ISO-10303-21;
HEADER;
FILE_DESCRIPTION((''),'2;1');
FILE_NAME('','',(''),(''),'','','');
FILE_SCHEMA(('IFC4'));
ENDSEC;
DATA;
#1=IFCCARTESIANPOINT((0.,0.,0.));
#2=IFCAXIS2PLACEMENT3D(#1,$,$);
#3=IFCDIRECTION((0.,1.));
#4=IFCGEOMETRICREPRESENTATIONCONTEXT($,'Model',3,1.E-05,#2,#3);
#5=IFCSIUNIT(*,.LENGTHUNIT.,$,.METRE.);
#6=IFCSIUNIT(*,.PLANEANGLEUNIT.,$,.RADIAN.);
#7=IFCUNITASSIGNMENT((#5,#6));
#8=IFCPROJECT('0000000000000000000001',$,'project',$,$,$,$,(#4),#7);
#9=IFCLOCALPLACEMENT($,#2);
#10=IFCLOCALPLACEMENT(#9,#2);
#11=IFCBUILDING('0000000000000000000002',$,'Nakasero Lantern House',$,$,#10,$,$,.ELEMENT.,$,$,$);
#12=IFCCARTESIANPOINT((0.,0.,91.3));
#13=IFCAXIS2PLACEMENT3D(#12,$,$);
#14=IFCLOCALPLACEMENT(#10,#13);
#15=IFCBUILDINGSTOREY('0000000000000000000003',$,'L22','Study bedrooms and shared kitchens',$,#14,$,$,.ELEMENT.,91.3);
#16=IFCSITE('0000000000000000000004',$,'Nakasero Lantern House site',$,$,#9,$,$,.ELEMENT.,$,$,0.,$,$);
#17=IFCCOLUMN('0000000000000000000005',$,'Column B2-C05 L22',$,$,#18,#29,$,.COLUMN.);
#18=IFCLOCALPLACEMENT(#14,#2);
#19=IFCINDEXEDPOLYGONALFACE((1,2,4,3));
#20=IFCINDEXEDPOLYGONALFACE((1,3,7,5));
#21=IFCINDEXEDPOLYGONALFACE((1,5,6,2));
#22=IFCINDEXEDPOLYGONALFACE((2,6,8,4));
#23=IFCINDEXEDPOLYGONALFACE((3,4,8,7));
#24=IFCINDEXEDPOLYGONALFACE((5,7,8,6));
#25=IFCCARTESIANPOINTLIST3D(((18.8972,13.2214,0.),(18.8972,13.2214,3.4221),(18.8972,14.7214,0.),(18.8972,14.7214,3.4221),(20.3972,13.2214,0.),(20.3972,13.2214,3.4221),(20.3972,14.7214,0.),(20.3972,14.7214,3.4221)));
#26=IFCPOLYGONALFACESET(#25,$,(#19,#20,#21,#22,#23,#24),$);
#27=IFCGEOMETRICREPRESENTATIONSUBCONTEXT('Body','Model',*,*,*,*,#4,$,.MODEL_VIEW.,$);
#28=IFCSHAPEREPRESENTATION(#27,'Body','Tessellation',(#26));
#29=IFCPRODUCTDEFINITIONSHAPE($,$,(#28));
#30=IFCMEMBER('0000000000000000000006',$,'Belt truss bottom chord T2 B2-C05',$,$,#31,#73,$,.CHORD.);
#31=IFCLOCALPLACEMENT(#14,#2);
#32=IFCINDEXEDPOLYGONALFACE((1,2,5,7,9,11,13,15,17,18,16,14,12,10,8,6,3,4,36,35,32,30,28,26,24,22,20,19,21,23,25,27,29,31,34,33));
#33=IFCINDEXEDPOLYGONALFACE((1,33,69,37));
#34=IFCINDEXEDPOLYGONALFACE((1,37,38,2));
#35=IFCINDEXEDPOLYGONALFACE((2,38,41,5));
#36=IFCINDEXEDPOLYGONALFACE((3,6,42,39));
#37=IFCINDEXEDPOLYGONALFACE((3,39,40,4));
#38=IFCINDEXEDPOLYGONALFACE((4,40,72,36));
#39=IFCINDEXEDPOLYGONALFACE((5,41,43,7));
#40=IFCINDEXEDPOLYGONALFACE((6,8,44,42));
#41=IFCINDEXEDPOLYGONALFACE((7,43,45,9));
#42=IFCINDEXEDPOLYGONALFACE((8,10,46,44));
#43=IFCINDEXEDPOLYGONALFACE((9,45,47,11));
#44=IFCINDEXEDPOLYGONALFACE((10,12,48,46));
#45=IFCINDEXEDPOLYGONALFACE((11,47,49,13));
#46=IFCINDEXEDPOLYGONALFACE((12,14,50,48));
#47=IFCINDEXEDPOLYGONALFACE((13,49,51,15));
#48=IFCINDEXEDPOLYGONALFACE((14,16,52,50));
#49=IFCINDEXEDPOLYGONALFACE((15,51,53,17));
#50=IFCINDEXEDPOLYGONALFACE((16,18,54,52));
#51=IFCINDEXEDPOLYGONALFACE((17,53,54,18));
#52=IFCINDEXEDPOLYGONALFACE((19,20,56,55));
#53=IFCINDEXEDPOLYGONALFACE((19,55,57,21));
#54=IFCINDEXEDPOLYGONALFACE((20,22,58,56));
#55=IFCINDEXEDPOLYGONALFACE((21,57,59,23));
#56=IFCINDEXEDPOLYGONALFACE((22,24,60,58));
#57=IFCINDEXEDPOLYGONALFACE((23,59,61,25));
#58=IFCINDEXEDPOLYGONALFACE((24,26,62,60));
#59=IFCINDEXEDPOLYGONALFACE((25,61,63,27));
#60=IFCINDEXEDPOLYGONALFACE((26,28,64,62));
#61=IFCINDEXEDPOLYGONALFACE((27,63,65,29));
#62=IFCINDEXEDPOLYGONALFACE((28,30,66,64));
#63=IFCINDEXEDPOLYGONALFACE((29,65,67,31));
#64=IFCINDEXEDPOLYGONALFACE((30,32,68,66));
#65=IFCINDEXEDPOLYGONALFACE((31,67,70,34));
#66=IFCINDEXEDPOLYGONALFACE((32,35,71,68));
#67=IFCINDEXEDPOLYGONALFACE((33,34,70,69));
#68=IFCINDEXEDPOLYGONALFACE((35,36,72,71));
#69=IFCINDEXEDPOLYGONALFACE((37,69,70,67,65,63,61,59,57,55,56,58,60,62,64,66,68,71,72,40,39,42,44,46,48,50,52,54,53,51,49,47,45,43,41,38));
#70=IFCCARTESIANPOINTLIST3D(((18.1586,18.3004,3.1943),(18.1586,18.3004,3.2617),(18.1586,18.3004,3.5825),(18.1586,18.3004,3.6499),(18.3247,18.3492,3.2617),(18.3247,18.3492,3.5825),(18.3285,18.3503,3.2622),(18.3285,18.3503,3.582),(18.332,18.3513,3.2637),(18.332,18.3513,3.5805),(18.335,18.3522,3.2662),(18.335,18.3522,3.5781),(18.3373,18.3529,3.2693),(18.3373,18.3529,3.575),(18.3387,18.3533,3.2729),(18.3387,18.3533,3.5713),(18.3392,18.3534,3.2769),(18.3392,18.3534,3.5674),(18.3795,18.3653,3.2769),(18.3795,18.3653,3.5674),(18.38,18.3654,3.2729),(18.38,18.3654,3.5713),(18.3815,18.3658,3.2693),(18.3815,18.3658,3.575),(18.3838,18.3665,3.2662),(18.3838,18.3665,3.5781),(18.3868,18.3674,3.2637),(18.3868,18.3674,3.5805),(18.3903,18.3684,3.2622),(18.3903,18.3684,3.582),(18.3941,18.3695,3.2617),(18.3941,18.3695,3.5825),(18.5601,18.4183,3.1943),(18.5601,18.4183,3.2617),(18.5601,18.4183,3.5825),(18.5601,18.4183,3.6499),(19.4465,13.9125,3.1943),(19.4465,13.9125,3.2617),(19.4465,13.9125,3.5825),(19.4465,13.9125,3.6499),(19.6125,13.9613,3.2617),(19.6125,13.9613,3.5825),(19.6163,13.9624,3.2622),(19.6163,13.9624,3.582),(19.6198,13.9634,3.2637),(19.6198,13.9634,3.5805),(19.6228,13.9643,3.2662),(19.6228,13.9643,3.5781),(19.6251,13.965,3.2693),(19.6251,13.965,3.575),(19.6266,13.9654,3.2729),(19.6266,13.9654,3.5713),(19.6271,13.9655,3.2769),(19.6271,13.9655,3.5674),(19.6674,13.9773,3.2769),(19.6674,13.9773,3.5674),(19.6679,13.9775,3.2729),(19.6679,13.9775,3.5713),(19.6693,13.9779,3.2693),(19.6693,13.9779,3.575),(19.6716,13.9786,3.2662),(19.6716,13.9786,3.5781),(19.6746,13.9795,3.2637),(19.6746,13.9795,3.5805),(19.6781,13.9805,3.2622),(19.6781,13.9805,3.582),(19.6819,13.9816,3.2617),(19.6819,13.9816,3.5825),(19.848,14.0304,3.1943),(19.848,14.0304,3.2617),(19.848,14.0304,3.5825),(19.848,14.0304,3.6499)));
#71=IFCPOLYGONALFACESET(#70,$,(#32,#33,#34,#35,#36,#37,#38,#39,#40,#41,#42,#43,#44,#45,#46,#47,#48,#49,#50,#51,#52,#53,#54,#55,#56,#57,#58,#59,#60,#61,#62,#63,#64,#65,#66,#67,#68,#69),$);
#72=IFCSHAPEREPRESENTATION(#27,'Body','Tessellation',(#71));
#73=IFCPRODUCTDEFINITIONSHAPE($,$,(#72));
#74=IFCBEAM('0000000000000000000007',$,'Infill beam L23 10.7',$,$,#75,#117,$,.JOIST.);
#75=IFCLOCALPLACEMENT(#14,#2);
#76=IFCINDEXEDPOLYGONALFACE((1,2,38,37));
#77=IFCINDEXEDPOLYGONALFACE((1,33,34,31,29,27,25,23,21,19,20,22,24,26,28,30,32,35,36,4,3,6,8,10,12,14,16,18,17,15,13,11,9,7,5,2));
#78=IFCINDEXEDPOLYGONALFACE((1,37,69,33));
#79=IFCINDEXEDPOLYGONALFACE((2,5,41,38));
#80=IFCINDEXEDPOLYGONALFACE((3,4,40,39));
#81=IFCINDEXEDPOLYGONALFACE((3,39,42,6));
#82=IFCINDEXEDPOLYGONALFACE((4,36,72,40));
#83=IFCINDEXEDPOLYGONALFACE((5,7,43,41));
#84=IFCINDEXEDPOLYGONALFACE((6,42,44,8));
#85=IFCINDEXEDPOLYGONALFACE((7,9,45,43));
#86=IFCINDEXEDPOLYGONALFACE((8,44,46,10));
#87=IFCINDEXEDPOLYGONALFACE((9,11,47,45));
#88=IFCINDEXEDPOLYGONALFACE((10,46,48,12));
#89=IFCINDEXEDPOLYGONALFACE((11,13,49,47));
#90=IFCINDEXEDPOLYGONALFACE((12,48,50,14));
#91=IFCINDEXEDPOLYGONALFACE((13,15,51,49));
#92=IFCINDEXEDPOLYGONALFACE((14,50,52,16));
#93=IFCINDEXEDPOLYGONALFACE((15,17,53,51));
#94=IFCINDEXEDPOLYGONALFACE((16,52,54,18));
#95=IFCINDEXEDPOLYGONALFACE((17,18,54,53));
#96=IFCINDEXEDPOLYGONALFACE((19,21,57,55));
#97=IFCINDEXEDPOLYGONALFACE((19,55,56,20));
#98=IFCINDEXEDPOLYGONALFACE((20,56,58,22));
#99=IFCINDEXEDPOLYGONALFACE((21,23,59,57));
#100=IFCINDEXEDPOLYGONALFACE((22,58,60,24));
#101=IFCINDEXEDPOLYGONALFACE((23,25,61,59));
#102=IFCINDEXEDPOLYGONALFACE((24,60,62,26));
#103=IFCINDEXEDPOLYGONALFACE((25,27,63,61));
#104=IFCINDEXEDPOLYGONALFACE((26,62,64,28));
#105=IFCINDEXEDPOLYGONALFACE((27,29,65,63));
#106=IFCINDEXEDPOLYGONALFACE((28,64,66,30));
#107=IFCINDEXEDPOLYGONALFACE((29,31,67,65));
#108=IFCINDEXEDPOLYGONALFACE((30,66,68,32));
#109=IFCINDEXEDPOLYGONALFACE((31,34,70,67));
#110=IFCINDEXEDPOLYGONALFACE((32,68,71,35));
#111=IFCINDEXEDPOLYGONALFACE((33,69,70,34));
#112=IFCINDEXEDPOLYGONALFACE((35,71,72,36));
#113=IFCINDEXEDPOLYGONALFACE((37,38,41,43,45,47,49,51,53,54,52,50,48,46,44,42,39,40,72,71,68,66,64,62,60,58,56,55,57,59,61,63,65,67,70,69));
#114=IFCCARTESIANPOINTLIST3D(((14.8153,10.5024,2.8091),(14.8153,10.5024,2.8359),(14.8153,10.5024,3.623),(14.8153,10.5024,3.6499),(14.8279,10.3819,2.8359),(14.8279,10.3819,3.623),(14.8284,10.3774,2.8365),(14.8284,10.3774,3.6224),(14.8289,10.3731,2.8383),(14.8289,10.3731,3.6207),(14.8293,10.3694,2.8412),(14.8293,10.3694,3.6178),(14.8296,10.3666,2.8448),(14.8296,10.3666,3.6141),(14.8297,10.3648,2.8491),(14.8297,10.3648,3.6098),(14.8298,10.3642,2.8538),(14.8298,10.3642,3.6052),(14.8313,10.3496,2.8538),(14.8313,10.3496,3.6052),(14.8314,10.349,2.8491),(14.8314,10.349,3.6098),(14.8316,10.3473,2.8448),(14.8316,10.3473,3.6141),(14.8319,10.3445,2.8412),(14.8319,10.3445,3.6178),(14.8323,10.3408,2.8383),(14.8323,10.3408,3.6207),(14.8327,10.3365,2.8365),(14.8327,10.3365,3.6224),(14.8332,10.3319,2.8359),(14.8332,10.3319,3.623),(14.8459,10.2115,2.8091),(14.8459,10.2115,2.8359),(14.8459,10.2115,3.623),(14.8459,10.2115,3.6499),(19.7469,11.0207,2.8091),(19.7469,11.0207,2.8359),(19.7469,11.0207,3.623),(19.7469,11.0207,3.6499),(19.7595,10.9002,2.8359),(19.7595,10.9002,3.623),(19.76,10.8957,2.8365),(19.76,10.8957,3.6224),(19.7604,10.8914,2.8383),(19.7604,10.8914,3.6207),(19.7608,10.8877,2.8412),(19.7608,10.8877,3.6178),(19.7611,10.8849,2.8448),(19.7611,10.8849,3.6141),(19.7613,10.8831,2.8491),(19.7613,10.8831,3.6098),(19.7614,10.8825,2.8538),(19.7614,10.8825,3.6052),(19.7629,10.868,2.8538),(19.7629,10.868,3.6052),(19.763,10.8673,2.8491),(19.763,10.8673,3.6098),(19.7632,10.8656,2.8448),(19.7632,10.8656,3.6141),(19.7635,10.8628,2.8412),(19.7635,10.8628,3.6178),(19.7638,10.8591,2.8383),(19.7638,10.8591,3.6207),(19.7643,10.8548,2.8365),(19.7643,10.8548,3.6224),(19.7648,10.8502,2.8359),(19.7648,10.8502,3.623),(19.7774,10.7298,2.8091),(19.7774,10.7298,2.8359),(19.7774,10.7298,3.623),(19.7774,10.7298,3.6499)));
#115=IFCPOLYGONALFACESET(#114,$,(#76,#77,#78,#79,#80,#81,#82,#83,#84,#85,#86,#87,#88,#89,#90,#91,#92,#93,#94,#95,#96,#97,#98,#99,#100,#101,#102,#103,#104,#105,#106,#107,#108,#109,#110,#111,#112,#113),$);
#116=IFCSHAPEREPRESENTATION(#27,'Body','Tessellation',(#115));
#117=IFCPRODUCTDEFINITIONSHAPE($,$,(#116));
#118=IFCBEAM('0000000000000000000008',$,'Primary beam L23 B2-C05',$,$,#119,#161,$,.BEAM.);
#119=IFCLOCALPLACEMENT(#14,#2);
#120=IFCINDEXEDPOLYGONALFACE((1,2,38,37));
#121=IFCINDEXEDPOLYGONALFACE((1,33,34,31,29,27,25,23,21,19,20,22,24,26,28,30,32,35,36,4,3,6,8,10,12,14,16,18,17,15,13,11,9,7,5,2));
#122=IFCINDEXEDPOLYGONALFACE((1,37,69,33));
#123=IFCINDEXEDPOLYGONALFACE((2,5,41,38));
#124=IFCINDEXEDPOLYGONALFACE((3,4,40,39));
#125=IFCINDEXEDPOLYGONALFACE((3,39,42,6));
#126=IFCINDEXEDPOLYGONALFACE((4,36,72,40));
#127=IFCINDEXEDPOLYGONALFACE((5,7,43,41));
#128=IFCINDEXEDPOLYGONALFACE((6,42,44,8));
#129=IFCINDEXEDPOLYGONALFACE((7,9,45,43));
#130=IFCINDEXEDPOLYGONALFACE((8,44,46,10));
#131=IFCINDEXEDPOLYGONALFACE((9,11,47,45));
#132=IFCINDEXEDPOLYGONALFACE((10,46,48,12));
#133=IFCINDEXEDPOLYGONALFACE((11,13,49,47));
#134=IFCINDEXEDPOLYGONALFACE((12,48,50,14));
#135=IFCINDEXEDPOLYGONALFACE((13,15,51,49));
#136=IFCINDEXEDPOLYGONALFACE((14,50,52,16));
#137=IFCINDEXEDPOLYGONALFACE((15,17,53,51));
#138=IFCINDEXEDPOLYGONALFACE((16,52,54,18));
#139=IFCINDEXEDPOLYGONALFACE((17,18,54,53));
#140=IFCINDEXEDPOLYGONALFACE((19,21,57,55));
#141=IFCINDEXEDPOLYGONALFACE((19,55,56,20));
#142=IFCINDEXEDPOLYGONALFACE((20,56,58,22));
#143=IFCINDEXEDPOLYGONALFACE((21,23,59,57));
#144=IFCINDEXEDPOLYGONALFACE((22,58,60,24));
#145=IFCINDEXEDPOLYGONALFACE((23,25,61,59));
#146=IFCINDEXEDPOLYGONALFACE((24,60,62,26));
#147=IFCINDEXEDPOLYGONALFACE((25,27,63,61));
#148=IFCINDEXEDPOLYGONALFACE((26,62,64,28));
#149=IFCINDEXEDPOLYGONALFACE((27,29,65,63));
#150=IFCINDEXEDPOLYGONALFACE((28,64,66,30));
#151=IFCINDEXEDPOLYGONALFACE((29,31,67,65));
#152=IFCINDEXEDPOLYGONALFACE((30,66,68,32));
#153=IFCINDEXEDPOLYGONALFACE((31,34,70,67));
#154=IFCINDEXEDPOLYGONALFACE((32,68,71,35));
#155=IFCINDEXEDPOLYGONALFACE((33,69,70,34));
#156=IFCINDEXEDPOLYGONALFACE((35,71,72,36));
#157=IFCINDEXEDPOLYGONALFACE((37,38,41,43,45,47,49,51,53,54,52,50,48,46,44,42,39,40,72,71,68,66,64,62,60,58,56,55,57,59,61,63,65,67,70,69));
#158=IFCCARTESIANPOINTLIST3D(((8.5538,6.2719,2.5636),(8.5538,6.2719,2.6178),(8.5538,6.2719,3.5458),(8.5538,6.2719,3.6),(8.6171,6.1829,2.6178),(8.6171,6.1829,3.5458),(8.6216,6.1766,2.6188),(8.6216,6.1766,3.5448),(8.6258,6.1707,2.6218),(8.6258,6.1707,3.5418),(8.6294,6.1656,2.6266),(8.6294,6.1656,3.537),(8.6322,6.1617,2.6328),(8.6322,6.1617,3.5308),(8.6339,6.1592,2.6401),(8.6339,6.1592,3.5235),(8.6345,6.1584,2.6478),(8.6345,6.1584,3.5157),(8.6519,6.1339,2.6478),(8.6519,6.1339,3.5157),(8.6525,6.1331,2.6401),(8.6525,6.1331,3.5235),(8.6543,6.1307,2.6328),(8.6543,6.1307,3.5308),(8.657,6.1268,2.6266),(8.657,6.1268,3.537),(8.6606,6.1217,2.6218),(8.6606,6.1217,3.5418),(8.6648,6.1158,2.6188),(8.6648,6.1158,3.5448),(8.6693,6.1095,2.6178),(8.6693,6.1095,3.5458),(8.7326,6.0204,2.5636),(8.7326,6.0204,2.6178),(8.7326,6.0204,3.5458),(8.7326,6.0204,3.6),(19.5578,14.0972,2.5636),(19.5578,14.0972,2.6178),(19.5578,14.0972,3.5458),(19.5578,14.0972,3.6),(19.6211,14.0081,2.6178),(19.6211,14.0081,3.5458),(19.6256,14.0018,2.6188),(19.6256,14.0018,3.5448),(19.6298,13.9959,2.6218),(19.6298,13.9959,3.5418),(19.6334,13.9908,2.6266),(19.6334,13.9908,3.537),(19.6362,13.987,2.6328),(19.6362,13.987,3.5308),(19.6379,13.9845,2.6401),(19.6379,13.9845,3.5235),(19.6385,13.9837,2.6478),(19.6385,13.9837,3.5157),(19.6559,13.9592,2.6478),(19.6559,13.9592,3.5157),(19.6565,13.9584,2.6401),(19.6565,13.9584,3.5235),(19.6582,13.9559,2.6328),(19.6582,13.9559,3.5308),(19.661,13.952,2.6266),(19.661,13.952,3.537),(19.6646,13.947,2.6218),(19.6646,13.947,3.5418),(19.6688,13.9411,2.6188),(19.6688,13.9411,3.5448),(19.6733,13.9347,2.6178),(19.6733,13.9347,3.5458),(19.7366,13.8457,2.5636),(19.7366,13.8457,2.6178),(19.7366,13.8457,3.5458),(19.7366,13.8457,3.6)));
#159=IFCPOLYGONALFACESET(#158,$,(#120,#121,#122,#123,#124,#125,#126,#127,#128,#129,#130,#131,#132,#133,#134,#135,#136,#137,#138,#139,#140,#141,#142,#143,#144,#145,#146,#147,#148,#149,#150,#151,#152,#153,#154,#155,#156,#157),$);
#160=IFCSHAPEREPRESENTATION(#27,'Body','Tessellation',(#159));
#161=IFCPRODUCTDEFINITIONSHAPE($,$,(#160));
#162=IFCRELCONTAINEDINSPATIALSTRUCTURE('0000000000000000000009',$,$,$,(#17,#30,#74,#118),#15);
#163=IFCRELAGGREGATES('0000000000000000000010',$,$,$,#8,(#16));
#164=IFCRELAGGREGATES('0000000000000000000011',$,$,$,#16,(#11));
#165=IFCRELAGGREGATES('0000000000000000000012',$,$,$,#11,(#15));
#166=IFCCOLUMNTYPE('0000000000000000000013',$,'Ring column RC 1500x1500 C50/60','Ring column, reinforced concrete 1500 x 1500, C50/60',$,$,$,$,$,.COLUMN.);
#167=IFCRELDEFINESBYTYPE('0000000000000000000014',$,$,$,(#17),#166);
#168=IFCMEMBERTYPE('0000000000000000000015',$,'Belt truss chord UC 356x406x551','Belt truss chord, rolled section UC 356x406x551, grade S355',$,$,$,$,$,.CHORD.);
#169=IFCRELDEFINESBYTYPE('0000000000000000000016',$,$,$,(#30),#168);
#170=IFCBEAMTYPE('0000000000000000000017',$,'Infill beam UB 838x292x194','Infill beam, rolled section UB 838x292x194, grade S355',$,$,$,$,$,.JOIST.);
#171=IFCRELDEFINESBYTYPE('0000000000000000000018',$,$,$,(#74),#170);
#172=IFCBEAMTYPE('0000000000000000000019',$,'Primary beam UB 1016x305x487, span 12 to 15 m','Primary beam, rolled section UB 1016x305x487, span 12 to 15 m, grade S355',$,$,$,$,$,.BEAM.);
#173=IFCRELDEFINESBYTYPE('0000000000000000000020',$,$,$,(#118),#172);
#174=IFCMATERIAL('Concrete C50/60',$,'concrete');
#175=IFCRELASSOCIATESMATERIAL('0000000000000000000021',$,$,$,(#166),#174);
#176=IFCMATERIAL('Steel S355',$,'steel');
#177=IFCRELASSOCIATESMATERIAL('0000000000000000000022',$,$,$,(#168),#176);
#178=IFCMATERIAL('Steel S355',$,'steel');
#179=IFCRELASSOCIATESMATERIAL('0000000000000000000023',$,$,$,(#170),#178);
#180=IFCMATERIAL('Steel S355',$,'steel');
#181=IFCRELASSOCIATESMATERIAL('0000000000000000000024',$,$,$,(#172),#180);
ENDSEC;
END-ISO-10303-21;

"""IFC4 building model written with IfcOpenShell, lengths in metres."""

from ifc_helpers import new_model, si_unit, direction, frame, origin, origin_2d, place, context, subcontext, project, spatial, rectangle, i_section, extrude, material, material_profile, profile_set, type_object, element, save


model = new_model("IFC4")

# Units and contexts
model_context = context("Model", 3, precision=1e-05, world=origin(), true_north=direction((0.0, 1.0)))
body_context = subcontext(model_context, "Body", "Model", "MODEL_VIEW")
ifc_project = project(units=[si_unit("LENGTHUNIT", "METRE"), si_unit("PLANEANGLEUNIT", "RADIAN")], contexts=[model_context])

# Site, building, storey
site_placement = place(None, origin())
site = spatial("IfcSite", under=ifc_project, at=site_placement, Name="Nakasero Lantern House site", CompositionType="ELEMENT", RefElevation=0.0)
building_placement = place(site_placement, origin())
building = spatial("IfcBuilding", under=site, at=building_placement, Name="Nakasero Lantern House", CompositionType="ELEMENT")
storey_placement = place(building_placement, frame((0.0, 0.0, 91.3)))
storey = spatial("IfcBuildingStorey", under=building, at=storey_placement, Name="L22", Description="Study bedrooms and shared kitchens", CompositionType="ELEMENT", Elevation=91.3)

# Column
ifc_material_1 = material(Name="Concrete C50/60", Category="concrete")
ifc_material_profile_1 = material_profile(ifc_material_1, rectangle(XDim=1.5, YDim=1.5, at=origin_2d()), Name="RC 1500x1500")
ifc_profile_set_1 = profile_set([ifc_material_profile_1], Name="Concrete C50/60")
column_type = type_object("IfcColumnType", Name="Ring column RC 1500x1500 C50/60", Description="Ring column, reinforced concrete 1500 x 1500, C50/60", PredefinedType="COLUMN", material=ifc_profile_set_1)
column_placement = place(storey_placement, frame((19.6472, 13.9714, 0.0), z_axis=(0.0, 0.0, 1.0), x_axis=(1.0, 0.0, 0.0)))
element("IfcColumn", 1, at=column_placement, inside=storey, type_object=column_type, Name="Column B2-C05 L22", PredefinedType="COLUMN", context=body_context, shape_type="SweptSolid", body=[
    extrude(rectangle(XDim=1.5, YDim=1.5, at=origin_2d()), origin(), (0.0, 0.0, 1.0), 3.4221),
])

# Member
ifc_material_2 = material(Name="Steel S355", Category="steel")
ifc_material_profile_2 = material_profile(ifc_material_2, i_section(OverallWidth=0.4185, OverallDepth=0.4556, WebThickness=0.042, FlangeThickness=0.0674, FilletRadius=0.0151, at=origin_2d()), Name="UC 356x406x551")
ifc_profile_set_2 = profile_set([ifc_material_profile_2], Name="Steel S355")
member_type = type_object("IfcMemberType", Name="Belt truss chord UC 356x406x551", Description="Belt truss chord, rolled section UC 356x406x551, grade S355", PredefinedType="CHORD", material=ifc_profile_set_2)
member_placement = place(storey_placement, frame((19.6472, 13.9714, 3.4221), z_axis=(-0.281617, 0.959527, 0.0), x_axis=(-0.959527, -0.281617, 0.0)))
element("IfcMember", 2, at=member_placement, inside=storey, type_object=member_type, Name="Belt truss bottom chord T2 B2-C05", PredefinedType="CHORD", context=body_context, shape_type="SweptSolid", body=[
    extrude(i_section(OverallWidth=0.4185, OverallDepth=0.4556, WebThickness=0.042, FlangeThickness=0.0674, FilletRadius=0.0151, at=origin_2d()), origin(), (0.0, 0.0, 1.0), 4.573),
])

# Beams
ifc_material_3 = material(Name="Steel S355", Category="steel")
ifc_material_profile_3 = material_profile(ifc_material_3, i_section(OverallWidth=0.2925, OverallDepth=0.8408, WebThickness=0.0146, FlangeThickness=0.0269, FilletRadius=0.0178, at=origin_2d()), Name="UB 838x292x194")
ifc_profile_set_3 = profile_set([ifc_material_profile_3], Name="Steel S355")
beam_type_1 = type_object("IfcBeamType", Name="Infill beam UB 838x292x194", Description="Infill beam, rolled section UB 838x292x194, grade S355", PredefinedType="JOIST", material=ifc_profile_set_3)
beam_1_placement = place(storey_placement, frame((14.8306, 10.3569, 3.2295), z_axis=(0.994522, 0.104523, 0.0), x_axis=(-0.104523, 0.994522, 0.0)))
element("IfcBeam", 3, at=beam_1_placement, inside=storey, type_object=beam_type_1, Name="Infill beam L23 10.7", PredefinedType="JOIST", context=body_context, shape_type="SweptSolid", body=[
    extrude(i_section(OverallWidth=0.2925, OverallDepth=0.8408, WebThickness=0.0146, FlangeThickness=0.0269, FilletRadius=0.0178, at=origin_2d()), origin(), (0.0, 0.0, 1.0), 4.9587),
])
ifc_material_4 = material(Name="Steel S355", Category="steel")
ifc_material_profile_4 = material_profile(ifc_material_4, i_section(OverallWidth=0.3086, OverallDepth=1.0364, WebThickness=0.03, FlangeThickness=0.0542, FilletRadius=0.03, at=origin_2d()), Name="UB 1016x305x487")
ifc_profile_set_4 = profile_set([ifc_material_profile_4], Name="Steel S355")
beam_type_2 = type_object("IfcBeamType", Name="Primary beam UB 1016x305x487, span 12 to 15 m", Description="Primary beam, rolled section UB 1016x305x487, span 12 to 15 m, grade S355", PredefinedType="BEAM", material=ifc_profile_set_4)
beam_2_placement = place(storey_placement, frame((19.6472, 13.9714, 3.0818), z_axis=(-0.814948, -0.579533, 0.0), x_axis=(0.579533, -0.814948, 0.0)))
element("IfcBeam", 4, at=beam_2_placement, inside=storey, type_object=beam_type_2, Name="Primary beam L23 B2-C05", PredefinedType="BEAM", context=body_context, shape_type="SweptSolid", body=[
    extrude(i_section(OverallWidth=0.3086, OverallDepth=1.0364, WebThickness=0.03, FlangeThickness=0.0542, FilletRadius=0.03, at=origin_2d()), origin(), (0.0, 0.0, 1.0), 13.5027),
])

save(model, "model.ifc")
